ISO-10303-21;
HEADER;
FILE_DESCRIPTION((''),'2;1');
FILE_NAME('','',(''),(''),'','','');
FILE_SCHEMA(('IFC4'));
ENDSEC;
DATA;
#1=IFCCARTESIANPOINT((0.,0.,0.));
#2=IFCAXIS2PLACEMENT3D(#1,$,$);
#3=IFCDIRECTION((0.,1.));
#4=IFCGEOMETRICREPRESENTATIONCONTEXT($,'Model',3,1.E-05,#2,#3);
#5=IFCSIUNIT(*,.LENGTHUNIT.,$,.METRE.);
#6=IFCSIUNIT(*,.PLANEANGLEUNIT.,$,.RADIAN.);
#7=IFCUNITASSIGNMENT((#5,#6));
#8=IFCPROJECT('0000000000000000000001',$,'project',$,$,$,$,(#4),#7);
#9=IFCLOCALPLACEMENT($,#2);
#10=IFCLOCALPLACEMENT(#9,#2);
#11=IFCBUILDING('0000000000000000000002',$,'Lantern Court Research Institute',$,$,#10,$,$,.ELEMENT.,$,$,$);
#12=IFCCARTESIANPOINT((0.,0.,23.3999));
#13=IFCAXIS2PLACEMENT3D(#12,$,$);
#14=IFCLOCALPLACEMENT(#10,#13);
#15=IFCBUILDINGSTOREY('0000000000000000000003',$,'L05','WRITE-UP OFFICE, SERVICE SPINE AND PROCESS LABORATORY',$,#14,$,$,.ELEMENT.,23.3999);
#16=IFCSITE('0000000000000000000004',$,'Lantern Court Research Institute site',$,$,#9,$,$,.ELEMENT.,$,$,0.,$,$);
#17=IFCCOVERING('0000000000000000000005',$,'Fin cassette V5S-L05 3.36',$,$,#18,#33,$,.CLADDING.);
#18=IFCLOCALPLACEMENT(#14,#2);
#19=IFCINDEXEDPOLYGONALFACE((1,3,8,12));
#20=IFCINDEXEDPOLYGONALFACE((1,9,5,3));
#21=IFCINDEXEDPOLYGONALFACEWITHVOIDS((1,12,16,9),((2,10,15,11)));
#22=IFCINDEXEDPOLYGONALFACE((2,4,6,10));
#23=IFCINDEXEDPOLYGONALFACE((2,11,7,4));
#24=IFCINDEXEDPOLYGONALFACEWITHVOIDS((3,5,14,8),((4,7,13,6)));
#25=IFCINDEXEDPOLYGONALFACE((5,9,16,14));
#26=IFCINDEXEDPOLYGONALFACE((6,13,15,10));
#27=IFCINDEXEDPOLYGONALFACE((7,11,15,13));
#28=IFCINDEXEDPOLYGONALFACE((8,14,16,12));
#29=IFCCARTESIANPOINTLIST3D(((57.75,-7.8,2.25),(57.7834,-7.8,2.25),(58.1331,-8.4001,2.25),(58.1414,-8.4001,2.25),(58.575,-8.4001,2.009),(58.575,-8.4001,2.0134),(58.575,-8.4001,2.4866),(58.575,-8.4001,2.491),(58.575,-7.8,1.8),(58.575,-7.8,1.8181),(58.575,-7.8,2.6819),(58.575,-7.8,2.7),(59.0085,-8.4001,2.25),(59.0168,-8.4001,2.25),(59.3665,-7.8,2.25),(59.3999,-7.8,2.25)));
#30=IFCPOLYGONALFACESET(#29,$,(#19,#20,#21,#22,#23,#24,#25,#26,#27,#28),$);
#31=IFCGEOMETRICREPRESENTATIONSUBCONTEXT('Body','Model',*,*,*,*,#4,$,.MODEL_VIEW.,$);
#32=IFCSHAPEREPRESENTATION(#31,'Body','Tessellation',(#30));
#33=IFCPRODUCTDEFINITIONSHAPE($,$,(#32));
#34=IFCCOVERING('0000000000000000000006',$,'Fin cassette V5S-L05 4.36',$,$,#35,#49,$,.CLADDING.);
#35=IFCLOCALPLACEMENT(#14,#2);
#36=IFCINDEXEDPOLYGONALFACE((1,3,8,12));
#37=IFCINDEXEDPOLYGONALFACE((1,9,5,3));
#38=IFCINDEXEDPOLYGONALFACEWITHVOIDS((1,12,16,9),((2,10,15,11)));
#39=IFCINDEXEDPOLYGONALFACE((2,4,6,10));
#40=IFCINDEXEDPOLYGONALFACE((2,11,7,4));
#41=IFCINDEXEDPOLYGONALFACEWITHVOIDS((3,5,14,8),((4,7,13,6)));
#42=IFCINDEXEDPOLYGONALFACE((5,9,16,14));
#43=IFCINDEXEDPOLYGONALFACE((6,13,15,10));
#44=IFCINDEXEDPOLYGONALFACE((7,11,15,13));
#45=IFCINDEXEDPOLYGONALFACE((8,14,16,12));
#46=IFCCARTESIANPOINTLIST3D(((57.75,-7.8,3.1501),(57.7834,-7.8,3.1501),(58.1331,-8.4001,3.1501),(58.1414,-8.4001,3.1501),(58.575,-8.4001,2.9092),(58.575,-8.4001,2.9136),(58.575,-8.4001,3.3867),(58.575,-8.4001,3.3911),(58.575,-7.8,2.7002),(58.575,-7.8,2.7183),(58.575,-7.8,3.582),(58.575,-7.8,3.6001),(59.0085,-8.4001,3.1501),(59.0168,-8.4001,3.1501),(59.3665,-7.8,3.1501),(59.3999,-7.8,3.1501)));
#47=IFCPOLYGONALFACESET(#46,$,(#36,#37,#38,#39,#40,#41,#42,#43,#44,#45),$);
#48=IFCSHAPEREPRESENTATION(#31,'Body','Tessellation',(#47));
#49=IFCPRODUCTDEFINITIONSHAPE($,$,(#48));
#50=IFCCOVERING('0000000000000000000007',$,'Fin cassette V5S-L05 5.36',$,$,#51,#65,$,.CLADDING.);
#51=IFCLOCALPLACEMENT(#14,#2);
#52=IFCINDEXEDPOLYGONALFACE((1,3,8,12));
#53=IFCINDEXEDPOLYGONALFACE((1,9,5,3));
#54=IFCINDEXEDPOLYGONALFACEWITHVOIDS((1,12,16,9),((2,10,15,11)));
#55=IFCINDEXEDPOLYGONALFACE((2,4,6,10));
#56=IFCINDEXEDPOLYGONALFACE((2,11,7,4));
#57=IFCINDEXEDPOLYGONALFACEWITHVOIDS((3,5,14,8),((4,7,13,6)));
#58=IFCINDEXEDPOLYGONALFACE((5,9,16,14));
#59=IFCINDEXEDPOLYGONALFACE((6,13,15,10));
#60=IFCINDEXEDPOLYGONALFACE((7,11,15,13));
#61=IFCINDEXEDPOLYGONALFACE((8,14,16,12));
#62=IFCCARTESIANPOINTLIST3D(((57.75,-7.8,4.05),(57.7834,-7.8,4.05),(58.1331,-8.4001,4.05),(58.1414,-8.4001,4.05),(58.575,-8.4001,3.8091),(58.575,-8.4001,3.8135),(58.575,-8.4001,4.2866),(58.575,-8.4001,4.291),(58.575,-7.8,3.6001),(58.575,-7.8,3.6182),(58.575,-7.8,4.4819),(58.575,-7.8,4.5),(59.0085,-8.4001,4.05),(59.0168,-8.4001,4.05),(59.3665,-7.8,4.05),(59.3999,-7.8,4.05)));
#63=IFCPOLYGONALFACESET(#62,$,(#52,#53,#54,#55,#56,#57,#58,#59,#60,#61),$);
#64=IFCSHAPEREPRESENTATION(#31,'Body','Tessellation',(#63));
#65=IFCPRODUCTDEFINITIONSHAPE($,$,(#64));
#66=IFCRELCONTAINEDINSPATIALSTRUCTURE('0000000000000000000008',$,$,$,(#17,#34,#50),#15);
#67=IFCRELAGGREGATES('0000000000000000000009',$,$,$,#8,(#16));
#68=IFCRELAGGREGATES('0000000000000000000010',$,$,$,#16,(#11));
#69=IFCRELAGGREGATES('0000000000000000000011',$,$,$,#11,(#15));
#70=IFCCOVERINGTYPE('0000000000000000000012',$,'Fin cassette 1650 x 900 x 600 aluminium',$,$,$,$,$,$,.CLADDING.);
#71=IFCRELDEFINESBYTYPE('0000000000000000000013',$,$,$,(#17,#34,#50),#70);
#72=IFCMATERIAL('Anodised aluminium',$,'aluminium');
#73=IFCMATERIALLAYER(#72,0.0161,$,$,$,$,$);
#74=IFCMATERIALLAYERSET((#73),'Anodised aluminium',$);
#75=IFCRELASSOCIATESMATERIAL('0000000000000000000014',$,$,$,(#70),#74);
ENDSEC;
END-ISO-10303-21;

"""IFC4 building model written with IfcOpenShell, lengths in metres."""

from ifc_helpers import new_model, entity, si_unit, direction, frame, origin, place, context, subcontext, project, spatial, material, layer, layer_set, type_object, element, save


model = new_model("IFC4")

# Units and contexts
model_context = context("Model", 3, precision=1e-05, world=origin(), true_north=direction((0.0, 1.0)))
body_context = subcontext(model_context, "Body", "Model", "MODEL_VIEW")
ifc_project = project(units=[si_unit("LENGTHUNIT", "METRE"), si_unit("PLANEANGLEUNIT", "RADIAN")], contexts=[model_context])

# Site, building, storey
site_placement = place(None, origin())
site = spatial("IfcSite", under=ifc_project, at=site_placement, Name="Lantern Court Research Institute site", CompositionType="ELEMENT", RefElevation=0.0)
building_placement = place(site_placement, origin())
building = spatial("IfcBuilding", under=site, at=building_placement, Name="Lantern Court Research Institute", CompositionType="ELEMENT")
storey_placement = place(building_placement, frame((0.0, 0.0, 23.3999)))
storey = spatial("IfcBuildingStorey", under=building, at=storey_placement, Name="L05", Description="WRITE-UP OFFICE, SERVICE SPINE AND PROCESS LABORATORY", CompositionType="ELEMENT", Elevation=23.3999)

# Coverings
ifc_material_1 = material(Name="Anodised aluminium", Category="aluminium")
ifc_layer_1 = layer(ifc_material_1, 0.0161)
ifc_layer_set_1 = layer_set([ifc_layer_1], Name="Anodised aluminium")
covering_type = type_object("IfcCoveringType", Name="Fin cassette 1650 x 900 x 600 aluminium", PredefinedType="CLADDING", material=ifc_layer_set_1)
covering_1_placement = place(storey_placement, frame((58.575, -7.8, 2.25), z_axis=(0.0, -1.0, 0.0), x_axis=(1.0, 0.0, 0.0)))
cartesian_point_1 = entity("IfcCartesianPoint", [0.825, 0.0])
cartesian_point_2 = entity("IfcCartesianPoint", [0.7915, 0.0])
cartesian_point_3 = entity("IfcCartesianPoint", [0.4419, 0.0])
cartesian_point_4 = entity("IfcCartesianPoint", [0.4336, 0.0])
element("IfcCovering", 1, at=covering_1_placement, inside=storey, type_object=covering_type, Name="Fin cassette V5S-L05 3.36", PredefinedType="CLADDING", context=body_context, shape_type="SweptSolid", body=[
    entity("IfcExtrudedAreaSolidTapered", entity("IfcArbitraryProfileDefWithVoids", "AREA", None, entity("IfcPolyline", [cartesian_point_1, entity("IfcCartesianPoint", [0.0, 0.45]), entity("IfcCartesianPoint", [-0.825, 0.0]), entity("IfcCartesianPoint", [0.0, -0.45]), cartesian_point_1]), [entity("IfcPolyline", [cartesian_point_2, entity("IfcCartesianPoint", [0.0, 0.4319]), entity("IfcCartesianPoint", [-0.7915, 0.0]), entity("IfcCartesianPoint", [0.0, -0.4319]), cartesian_point_2])]), entity("IfcAxis2Placement3D", entity("IfcCartesianPoint", [0.0, 0.0, 0.0])), entity("IfcDirection", [0.0, 0.0, 1.0]), 0.6001, entity("IfcArbitraryProfileDefWithVoids", "AREA", None, entity("IfcPolyline", [cartesian_point_3, entity("IfcCartesianPoint", [0.0, 0.241]), entity("IfcCartesianPoint", [-0.4419, 0.0]), entity("IfcCartesianPoint", [0.0, -0.241]), cartesian_point_3]), [entity("IfcPolyline", [cartesian_point_4, entity("IfcCartesianPoint", [0.0, 0.2366]), entity("IfcCartesianPoint", [-0.4336, 0.0]), entity("IfcCartesianPoint", [0.0, -0.2366]), cartesian_point_4])])),
])
covering_2_placement = place(storey_placement, frame((58.575, -7.8, 3.1501), z_axis=(0.0, -1.0, 0.0), x_axis=(1.0, 0.0, 0.0)))
cartesian_point_5 = entity("IfcCartesianPoint", [0.825, 0.0])
cartesian_point_6 = entity("IfcCartesianPoint", [0.7915, 0.0])
cartesian_point_7 = entity("IfcCartesianPoint", [0.4419, 0.0])
cartesian_point_8 = entity("IfcCartesianPoint", [0.4336, 0.0])
element("IfcCovering", 2, at=covering_2_placement, inside=storey, type_object=covering_type, Name="Fin cassette V5S-L05 4.36", PredefinedType="CLADDING", context=body_context, shape_type="SweptSolid", body=[
    entity("IfcExtrudedAreaSolidTapered", entity("IfcArbitraryProfileDefWithVoids", "AREA", None, entity("IfcPolyline", [cartesian_point_5, entity("IfcCartesianPoint", [0.0, 0.45]), entity("IfcCartesianPoint", [-0.825, 0.0]), entity("IfcCartesianPoint", [0.0, -0.45]), cartesian_point_5]), [entity("IfcPolyline", [cartesian_point_6, entity("IfcCartesianPoint", [0.0, 0.4319]), entity("IfcCartesianPoint", [-0.7915, 0.0]), entity("IfcCartesianPoint", [0.0, -0.4319]), cartesian_point_6])]), entity("IfcAxis2Placement3D", entity("IfcCartesianPoint", [0.0, 0.0, 0.0])), entity("IfcDirection", [0.0, 0.0, 1.0]), 0.6001, entity("IfcArbitraryProfileDefWithVoids", "AREA", None, entity("IfcPolyline", [cartesian_point_7, entity("IfcCartesianPoint", [0.0, 0.241]), entity("IfcCartesianPoint", [-0.4419, 0.0]), entity("IfcCartesianPoint", [0.0, -0.241]), cartesian_point_7]), [entity("IfcPolyline", [cartesian_point_8, entity("IfcCartesianPoint", [0.0, 0.2366]), entity("IfcCartesianPoint", [-0.4336, 0.0]), entity("IfcCartesianPoint", [0.0, -0.2366]), cartesian_point_8])])),
])
covering_3_placement = place(storey_placement, frame((58.575, -7.8, 4.05), z_axis=(0.0, -1.0, 0.0), x_axis=(1.0, 0.0, 0.0)))
cartesian_point_9 = entity("IfcCartesianPoint", [0.825, 0.0])
cartesian_point_10 = entity("IfcCartesianPoint", [0.7915, 0.0])
cartesian_point_11 = entity("IfcCartesianPoint", [0.4419, 0.0])
cartesian_point_12 = entity("IfcCartesianPoint", [0.4336, 0.0])
element("IfcCovering", 3, at=covering_3_placement, inside=storey, type_object=covering_type, Name="Fin cassette V5S-L05 5.36", PredefinedType="CLADDING", context=body_context, shape_type="SweptSolid", body=[
    entity("IfcExtrudedAreaSolidTapered", entity("IfcArbitraryProfileDefWithVoids", "AREA", None, entity("IfcPolyline", [cartesian_point_9, entity("IfcCartesianPoint", [0.0, 0.45]), entity("IfcCartesianPoint", [-0.825, 0.0]), entity("IfcCartesianPoint", [0.0, -0.45]), cartesian_point_9]), [entity("IfcPolyline", [cartesian_point_10, entity("IfcCartesianPoint", [0.0, 0.4319]), entity("IfcCartesianPoint", [-0.7915, 0.0]), entity("IfcCartesianPoint", [0.0, -0.4319]), cartesian_point_10])]), entity("IfcAxis2Placement3D", entity("IfcCartesianPoint", [0.0, 0.0, 0.0])), entity("IfcDirection", [0.0, 0.0, 1.0]), 0.6001, entity("IfcArbitraryProfileDefWithVoids", "AREA", None, entity("IfcPolyline", [cartesian_point_11, entity("IfcCartesianPoint", [0.0, 0.241]), entity("IfcCartesianPoint", [-0.4419, 0.0]), entity("IfcCartesianPoint", [0.0, -0.241]), cartesian_point_11]), [entity("IfcPolyline", [cartesian_point_12, entity("IfcCartesianPoint", [0.0, 0.2366]), entity("IfcCartesianPoint", [-0.4336, 0.0]), entity("IfcCartesianPoint", [0.0, -0.2366]), cartesian_point_12])])),
])

save(model, "model.ifc")
